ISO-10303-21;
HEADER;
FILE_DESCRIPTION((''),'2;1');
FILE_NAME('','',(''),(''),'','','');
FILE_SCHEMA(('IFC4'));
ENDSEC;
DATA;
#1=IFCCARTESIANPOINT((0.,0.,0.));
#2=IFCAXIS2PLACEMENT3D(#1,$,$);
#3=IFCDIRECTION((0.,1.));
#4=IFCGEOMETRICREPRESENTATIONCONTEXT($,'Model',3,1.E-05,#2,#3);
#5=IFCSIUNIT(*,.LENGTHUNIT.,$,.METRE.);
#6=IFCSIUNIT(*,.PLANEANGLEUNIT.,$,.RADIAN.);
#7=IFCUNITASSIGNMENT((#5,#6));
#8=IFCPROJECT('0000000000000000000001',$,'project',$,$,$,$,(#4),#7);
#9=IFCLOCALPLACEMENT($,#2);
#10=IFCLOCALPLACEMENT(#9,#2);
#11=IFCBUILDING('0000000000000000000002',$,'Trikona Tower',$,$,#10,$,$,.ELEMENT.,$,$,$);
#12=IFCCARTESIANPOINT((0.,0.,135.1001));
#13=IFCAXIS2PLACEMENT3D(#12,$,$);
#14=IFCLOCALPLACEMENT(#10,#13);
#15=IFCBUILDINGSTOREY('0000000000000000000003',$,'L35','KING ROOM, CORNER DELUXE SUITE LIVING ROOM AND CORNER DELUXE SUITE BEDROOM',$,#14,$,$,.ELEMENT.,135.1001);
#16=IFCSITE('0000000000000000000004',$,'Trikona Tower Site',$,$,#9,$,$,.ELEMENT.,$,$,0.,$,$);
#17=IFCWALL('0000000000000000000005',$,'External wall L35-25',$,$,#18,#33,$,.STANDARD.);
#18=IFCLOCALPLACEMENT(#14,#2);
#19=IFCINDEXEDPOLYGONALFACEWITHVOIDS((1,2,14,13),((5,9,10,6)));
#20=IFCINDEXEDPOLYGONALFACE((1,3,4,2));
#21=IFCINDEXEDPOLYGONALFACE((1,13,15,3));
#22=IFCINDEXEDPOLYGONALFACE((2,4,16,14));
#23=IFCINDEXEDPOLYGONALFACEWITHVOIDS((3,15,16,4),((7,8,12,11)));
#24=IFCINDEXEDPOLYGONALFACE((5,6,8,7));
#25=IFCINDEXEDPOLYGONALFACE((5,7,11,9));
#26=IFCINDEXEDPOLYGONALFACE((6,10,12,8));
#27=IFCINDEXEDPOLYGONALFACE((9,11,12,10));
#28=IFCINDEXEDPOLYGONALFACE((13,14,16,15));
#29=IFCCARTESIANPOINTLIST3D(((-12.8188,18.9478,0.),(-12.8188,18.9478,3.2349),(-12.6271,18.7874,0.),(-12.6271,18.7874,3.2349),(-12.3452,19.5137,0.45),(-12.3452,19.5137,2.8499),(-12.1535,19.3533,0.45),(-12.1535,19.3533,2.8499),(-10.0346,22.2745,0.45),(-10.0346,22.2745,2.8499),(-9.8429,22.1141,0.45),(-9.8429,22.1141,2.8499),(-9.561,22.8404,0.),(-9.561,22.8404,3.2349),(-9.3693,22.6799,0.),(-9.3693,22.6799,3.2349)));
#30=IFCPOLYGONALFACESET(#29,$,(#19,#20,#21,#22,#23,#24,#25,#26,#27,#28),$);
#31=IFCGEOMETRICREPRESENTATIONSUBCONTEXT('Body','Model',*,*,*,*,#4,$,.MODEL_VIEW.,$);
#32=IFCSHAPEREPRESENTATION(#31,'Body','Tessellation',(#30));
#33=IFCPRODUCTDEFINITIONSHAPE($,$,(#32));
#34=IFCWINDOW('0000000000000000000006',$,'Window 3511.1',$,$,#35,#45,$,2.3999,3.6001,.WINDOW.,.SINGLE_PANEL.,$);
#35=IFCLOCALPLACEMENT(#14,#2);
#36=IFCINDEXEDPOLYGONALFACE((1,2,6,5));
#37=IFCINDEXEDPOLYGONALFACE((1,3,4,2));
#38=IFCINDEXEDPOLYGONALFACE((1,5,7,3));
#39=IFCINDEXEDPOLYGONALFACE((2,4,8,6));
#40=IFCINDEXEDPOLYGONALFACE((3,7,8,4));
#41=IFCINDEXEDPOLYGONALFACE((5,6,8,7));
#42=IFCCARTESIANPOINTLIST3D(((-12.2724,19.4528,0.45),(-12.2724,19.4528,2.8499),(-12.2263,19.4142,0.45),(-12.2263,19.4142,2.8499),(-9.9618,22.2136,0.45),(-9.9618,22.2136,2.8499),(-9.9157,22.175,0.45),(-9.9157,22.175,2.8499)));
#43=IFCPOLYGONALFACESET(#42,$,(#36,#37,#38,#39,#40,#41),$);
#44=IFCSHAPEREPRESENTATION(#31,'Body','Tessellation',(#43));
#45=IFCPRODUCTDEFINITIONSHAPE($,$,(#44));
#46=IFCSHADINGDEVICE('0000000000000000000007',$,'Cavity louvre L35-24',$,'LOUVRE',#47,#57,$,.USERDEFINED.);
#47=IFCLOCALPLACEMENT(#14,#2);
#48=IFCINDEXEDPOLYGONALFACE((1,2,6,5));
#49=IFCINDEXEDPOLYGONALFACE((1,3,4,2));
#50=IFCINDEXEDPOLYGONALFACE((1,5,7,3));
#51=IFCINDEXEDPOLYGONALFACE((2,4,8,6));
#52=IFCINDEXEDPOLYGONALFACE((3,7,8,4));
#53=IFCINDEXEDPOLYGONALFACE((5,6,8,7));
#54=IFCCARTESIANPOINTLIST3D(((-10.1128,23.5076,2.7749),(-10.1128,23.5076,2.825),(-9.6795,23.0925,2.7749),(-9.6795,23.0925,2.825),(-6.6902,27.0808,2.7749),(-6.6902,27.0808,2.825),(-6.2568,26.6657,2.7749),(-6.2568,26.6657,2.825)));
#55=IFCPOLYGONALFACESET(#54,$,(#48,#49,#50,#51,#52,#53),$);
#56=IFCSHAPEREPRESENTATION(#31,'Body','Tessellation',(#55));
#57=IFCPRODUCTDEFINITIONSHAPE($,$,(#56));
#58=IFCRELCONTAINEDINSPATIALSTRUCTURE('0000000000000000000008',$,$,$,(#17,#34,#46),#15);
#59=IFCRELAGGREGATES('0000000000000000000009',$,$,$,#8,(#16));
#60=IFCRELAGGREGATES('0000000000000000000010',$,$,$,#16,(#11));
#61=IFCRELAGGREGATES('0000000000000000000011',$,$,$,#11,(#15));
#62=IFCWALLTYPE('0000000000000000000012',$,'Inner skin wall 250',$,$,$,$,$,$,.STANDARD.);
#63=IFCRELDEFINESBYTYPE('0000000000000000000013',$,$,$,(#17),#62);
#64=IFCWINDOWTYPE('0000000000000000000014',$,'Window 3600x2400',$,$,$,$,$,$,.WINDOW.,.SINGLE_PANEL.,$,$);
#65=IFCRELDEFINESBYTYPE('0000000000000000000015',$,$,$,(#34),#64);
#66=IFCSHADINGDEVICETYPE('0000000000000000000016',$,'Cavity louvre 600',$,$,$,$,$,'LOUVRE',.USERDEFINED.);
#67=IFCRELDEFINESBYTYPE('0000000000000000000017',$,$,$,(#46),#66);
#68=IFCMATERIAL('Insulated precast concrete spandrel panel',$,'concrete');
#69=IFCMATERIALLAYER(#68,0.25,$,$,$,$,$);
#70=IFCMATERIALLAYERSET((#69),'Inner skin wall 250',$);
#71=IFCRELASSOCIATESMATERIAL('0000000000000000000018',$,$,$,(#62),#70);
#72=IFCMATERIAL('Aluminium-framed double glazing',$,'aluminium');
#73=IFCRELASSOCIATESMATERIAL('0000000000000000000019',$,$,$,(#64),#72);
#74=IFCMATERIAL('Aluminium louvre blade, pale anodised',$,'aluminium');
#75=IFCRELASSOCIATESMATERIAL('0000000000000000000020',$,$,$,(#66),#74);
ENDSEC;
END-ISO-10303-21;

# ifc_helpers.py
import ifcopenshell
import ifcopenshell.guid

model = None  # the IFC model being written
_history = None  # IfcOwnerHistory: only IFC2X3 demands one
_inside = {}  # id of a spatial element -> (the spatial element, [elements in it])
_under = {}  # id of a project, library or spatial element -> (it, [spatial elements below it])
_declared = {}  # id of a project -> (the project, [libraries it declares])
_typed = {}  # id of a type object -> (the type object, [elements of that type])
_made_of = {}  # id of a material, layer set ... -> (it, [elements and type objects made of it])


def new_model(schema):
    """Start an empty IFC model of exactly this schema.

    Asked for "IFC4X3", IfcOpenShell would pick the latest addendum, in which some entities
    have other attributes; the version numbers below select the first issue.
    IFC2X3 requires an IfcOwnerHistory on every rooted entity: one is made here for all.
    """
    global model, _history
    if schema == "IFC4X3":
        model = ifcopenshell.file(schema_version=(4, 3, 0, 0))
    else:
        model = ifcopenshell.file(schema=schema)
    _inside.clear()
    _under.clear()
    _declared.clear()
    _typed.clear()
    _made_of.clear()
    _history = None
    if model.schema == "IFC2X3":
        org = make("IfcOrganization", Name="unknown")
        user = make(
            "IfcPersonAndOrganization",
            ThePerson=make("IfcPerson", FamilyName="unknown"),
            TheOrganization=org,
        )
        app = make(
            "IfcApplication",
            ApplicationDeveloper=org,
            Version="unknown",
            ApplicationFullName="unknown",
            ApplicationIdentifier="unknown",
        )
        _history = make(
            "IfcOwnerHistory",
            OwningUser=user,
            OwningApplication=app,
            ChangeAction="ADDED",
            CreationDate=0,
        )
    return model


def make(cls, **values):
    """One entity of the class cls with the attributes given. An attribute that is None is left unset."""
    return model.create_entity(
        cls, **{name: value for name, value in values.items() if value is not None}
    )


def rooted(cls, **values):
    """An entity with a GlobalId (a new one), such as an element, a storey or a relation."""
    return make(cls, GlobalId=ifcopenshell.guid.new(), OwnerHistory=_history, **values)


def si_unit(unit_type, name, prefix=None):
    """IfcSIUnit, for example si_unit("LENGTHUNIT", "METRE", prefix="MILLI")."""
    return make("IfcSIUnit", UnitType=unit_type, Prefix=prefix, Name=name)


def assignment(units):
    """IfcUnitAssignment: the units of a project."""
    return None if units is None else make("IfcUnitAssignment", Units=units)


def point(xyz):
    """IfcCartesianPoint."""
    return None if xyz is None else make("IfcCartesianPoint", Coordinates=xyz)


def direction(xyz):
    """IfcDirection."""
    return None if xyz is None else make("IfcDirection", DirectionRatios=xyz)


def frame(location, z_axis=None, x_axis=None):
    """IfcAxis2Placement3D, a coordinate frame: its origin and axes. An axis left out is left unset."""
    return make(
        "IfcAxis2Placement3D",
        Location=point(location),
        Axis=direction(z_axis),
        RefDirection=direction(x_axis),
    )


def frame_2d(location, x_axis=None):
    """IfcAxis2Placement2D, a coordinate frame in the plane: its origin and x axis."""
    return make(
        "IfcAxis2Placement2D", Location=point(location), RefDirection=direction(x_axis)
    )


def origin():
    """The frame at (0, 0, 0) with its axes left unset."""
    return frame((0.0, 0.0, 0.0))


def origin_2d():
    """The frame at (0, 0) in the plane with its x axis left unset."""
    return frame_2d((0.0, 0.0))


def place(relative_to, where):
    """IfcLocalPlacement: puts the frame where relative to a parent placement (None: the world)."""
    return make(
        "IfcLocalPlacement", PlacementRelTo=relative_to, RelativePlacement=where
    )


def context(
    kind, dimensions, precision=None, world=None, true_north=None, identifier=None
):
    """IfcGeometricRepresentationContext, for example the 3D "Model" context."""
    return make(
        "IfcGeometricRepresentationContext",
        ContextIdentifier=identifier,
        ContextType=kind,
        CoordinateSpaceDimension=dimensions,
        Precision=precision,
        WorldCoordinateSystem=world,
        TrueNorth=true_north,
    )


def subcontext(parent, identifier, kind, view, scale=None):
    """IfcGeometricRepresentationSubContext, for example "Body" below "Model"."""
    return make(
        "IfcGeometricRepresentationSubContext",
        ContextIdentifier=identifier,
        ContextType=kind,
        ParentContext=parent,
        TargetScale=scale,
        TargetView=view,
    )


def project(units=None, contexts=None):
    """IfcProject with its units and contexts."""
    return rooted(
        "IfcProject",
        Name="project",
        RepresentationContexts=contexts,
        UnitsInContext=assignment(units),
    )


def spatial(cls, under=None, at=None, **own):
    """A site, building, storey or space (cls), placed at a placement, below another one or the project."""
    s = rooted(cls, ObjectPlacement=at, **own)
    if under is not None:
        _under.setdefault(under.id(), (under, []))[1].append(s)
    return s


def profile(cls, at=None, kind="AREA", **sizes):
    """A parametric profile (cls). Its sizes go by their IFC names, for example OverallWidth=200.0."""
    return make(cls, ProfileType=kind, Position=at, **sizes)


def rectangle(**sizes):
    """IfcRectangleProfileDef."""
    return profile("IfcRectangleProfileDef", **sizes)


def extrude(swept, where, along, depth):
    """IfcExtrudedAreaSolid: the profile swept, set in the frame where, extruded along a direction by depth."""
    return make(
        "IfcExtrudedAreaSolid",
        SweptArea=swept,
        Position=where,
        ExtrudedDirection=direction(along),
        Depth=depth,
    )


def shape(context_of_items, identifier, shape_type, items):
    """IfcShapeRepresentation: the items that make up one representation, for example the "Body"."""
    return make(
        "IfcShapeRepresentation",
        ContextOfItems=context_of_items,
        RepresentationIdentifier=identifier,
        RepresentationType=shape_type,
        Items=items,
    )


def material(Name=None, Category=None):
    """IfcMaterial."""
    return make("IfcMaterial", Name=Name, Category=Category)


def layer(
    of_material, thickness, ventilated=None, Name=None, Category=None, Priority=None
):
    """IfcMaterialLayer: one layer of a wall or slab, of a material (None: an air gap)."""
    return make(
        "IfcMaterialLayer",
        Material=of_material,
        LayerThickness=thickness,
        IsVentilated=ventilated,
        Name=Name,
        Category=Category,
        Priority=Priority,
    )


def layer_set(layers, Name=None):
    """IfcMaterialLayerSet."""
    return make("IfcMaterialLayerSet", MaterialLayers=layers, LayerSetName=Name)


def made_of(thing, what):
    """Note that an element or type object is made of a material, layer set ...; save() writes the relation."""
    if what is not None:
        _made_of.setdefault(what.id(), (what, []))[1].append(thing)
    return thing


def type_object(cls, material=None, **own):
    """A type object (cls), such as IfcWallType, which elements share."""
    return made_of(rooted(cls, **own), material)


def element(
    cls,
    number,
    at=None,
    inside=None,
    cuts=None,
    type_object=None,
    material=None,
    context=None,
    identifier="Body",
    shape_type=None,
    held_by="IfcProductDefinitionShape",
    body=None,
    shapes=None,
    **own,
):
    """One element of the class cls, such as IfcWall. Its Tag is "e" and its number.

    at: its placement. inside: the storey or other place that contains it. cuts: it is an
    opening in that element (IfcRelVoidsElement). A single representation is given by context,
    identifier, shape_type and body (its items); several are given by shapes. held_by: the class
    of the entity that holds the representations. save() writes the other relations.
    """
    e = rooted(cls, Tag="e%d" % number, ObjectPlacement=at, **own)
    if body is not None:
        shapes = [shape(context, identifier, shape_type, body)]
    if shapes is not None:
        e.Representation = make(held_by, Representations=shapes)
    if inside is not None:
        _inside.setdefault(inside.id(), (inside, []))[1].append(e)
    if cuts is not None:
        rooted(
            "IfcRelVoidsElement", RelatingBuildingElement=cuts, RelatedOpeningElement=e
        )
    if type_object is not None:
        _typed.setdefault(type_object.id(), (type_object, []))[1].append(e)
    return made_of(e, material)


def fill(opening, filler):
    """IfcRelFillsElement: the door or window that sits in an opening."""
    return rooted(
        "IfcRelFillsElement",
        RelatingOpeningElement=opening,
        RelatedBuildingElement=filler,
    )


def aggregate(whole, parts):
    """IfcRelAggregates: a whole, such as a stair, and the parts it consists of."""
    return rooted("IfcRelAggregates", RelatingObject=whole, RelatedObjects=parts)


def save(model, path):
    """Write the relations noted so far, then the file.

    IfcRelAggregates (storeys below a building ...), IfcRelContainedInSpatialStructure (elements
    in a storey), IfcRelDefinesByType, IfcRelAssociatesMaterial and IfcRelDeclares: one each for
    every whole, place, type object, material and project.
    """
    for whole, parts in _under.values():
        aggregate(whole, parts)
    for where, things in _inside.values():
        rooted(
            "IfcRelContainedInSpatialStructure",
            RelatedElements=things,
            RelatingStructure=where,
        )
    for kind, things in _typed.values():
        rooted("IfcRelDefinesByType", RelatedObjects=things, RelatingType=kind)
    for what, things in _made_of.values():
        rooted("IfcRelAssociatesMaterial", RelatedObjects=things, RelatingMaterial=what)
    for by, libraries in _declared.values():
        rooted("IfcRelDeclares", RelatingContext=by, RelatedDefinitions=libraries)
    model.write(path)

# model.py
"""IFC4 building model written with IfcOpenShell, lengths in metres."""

from ifc_helpers import new_model, si_unit, direction, frame, frame_2d, origin, origin_2d, place, context, subcontext, project, spatial, rectangle, extrude, material, layer, layer_set, type_object, element, fill, save


model = new_model("IFC4")

# Units and contexts
model_context = context("Model", 3, precision=1e-05, world=origin(), true_north=direction((0.0, 1.0)))
body_context = subcontext(model_context, "Body", "Model", "MODEL_VIEW")
ifc_project = project(units=[si_unit("LENGTHUNIT", "METRE"), si_unit("PLANEANGLEUNIT", "RADIAN")], contexts=[model_context])

# Site, building, storey
site_placement = place(None, origin())
site = spatial("IfcSite", under=ifc_project, at=site_placement, Name="Trikona Tower Site", CompositionType="ELEMENT", RefElevation=0.0)
building_placement = place(site_placement, origin())
building = spatial("IfcBuilding", under=site, at=building_placement, Name="Trikona Tower", CompositionType="ELEMENT")
storey_placement = place(building_placement, frame((0.0, 0.0, 135.1001)))
storey = spatial("IfcBuildingStorey", under=building, at=storey_placement, Name="L35", Description="KING ROOM, CORNER DELUXE SUITE LIVING ROOM AND CORNER DELUXE SUITE BEDROOM", CompositionType="ELEMENT", Elevation=135.1001)

# Wall, opening, window
ifc_material_1 = material(Name="Insulated precast concrete spandrel panel", Category="concrete")
ifc_layer_1 = layer(ifc_material_1, 0.25)
ifc_layer_set_1 = layer_set([ifc_layer_1], Name="Inner skin wall 250")
wall_type_1 = type_object("IfcWallType", Name="Inner skin wall 250", PredefinedType="STANDARD", material=ifc_layer_set_1)
ifc_material_2 = material(Name="Aluminium-framed double glazing", Category="aluminium")
window_type_1 = type_object("IfcWindowType", Name="Window 3600x2400", PartitioningType="SINGLE_PANEL", PredefinedType="WINDOW", material=ifc_material_2)
wall_1_placement = place(storey_placement, frame((-9.4651, 22.7603, 0.0), z_axis=(0.0, 0.0, 1.0), x_axis=(-0.64181, -0.766863, 0.0)))
wall_1 = element("IfcWall", 1, at=wall_1_placement, inside=storey, type_object=wall_type_1, Name="External wall L35-25", PredefinedType="STANDARD", context=body_context, shape_type="SweptSolid", body=[
    extrude(rectangle(XDim=5.0759, YDim=0.25, at=frame_2d((2.5381, 0.0))), origin(), (0.0, 0.0, 1.0), 3.2349),
])
opening_1_placement = place(wall_1_placement, frame((0.738, 0.0, 0.45)))
opening_1 = element("IfcOpeningElement", 2, at=opening_1_placement, cuts=wall_1, PredefinedType="OPENING", context=body_context, shape_type="SweptSolid", body=[
    extrude(rectangle(XDim=3.6001, YDim=2.3999, at=frame_2d((1.8, 1.2))), frame((0.0, 0.135, 0.0), z_axis=(0.0, -1.0, 0.0), x_axis=(1.0, 0.0, 0.0)), (0.0, 0.0, 1.0), 0.27),
])
window_1_placement = place(opening_1_placement, origin())
window_1 = element("IfcWindow", 3, at=window_1_placement, inside=storey, type_object=window_type_1, Name="Window 3511.1", OverallHeight=2.3999, OverallWidth=3.6001, PartitioningType="SINGLE_PANEL", PredefinedType="WINDOW", context=body_context, shape_type="SweptSolid", body=[
    extrude(rectangle(XDim=3.6001, YDim=2.3999, at=frame_2d((1.8, 1.2))), frame((0.0, 0.03, 0.0), z_axis=(0.0, -1.0, 0.0), x_axis=(1.0, 0.0, 0.0)), (0.0, 0.0, 1.0), 0.0601),
])
fill(opening_1, window_1)

# Shading device
ifc_material_3 = material(Name="Aluminium louvre blade, pale anodised", Category="aluminium")
shading_device_type = type_object("IfcShadingDeviceType", Name="Cavity louvre 600", ElementType="LOUVRE", PredefinedType="USERDEFINED", material=ifc_material_3)
shading_device_placement = place(storey_placement, frame((-8.1848, 25.0867, 2.7749), z_axis=(0.0, 0.0, 1.0), x_axis=(-0.691724, -0.722162, 0.0)))
element("IfcShadingDevice", 4, at=shading_device_placement, inside=storey, type_object=shading_device_type, Name="Cavity louvre L35-24", ObjectType="LOUVRE", PredefinedType="USERDEFINED", context=body_context, shape_type="SweptSolid", body=[
    extrude(rectangle(XDim=4.948, YDim=0.6001, at=origin_2d()), origin(), (0.0, 0.0, 1.0), 0.05),
])

save(model, "model.ifc")
